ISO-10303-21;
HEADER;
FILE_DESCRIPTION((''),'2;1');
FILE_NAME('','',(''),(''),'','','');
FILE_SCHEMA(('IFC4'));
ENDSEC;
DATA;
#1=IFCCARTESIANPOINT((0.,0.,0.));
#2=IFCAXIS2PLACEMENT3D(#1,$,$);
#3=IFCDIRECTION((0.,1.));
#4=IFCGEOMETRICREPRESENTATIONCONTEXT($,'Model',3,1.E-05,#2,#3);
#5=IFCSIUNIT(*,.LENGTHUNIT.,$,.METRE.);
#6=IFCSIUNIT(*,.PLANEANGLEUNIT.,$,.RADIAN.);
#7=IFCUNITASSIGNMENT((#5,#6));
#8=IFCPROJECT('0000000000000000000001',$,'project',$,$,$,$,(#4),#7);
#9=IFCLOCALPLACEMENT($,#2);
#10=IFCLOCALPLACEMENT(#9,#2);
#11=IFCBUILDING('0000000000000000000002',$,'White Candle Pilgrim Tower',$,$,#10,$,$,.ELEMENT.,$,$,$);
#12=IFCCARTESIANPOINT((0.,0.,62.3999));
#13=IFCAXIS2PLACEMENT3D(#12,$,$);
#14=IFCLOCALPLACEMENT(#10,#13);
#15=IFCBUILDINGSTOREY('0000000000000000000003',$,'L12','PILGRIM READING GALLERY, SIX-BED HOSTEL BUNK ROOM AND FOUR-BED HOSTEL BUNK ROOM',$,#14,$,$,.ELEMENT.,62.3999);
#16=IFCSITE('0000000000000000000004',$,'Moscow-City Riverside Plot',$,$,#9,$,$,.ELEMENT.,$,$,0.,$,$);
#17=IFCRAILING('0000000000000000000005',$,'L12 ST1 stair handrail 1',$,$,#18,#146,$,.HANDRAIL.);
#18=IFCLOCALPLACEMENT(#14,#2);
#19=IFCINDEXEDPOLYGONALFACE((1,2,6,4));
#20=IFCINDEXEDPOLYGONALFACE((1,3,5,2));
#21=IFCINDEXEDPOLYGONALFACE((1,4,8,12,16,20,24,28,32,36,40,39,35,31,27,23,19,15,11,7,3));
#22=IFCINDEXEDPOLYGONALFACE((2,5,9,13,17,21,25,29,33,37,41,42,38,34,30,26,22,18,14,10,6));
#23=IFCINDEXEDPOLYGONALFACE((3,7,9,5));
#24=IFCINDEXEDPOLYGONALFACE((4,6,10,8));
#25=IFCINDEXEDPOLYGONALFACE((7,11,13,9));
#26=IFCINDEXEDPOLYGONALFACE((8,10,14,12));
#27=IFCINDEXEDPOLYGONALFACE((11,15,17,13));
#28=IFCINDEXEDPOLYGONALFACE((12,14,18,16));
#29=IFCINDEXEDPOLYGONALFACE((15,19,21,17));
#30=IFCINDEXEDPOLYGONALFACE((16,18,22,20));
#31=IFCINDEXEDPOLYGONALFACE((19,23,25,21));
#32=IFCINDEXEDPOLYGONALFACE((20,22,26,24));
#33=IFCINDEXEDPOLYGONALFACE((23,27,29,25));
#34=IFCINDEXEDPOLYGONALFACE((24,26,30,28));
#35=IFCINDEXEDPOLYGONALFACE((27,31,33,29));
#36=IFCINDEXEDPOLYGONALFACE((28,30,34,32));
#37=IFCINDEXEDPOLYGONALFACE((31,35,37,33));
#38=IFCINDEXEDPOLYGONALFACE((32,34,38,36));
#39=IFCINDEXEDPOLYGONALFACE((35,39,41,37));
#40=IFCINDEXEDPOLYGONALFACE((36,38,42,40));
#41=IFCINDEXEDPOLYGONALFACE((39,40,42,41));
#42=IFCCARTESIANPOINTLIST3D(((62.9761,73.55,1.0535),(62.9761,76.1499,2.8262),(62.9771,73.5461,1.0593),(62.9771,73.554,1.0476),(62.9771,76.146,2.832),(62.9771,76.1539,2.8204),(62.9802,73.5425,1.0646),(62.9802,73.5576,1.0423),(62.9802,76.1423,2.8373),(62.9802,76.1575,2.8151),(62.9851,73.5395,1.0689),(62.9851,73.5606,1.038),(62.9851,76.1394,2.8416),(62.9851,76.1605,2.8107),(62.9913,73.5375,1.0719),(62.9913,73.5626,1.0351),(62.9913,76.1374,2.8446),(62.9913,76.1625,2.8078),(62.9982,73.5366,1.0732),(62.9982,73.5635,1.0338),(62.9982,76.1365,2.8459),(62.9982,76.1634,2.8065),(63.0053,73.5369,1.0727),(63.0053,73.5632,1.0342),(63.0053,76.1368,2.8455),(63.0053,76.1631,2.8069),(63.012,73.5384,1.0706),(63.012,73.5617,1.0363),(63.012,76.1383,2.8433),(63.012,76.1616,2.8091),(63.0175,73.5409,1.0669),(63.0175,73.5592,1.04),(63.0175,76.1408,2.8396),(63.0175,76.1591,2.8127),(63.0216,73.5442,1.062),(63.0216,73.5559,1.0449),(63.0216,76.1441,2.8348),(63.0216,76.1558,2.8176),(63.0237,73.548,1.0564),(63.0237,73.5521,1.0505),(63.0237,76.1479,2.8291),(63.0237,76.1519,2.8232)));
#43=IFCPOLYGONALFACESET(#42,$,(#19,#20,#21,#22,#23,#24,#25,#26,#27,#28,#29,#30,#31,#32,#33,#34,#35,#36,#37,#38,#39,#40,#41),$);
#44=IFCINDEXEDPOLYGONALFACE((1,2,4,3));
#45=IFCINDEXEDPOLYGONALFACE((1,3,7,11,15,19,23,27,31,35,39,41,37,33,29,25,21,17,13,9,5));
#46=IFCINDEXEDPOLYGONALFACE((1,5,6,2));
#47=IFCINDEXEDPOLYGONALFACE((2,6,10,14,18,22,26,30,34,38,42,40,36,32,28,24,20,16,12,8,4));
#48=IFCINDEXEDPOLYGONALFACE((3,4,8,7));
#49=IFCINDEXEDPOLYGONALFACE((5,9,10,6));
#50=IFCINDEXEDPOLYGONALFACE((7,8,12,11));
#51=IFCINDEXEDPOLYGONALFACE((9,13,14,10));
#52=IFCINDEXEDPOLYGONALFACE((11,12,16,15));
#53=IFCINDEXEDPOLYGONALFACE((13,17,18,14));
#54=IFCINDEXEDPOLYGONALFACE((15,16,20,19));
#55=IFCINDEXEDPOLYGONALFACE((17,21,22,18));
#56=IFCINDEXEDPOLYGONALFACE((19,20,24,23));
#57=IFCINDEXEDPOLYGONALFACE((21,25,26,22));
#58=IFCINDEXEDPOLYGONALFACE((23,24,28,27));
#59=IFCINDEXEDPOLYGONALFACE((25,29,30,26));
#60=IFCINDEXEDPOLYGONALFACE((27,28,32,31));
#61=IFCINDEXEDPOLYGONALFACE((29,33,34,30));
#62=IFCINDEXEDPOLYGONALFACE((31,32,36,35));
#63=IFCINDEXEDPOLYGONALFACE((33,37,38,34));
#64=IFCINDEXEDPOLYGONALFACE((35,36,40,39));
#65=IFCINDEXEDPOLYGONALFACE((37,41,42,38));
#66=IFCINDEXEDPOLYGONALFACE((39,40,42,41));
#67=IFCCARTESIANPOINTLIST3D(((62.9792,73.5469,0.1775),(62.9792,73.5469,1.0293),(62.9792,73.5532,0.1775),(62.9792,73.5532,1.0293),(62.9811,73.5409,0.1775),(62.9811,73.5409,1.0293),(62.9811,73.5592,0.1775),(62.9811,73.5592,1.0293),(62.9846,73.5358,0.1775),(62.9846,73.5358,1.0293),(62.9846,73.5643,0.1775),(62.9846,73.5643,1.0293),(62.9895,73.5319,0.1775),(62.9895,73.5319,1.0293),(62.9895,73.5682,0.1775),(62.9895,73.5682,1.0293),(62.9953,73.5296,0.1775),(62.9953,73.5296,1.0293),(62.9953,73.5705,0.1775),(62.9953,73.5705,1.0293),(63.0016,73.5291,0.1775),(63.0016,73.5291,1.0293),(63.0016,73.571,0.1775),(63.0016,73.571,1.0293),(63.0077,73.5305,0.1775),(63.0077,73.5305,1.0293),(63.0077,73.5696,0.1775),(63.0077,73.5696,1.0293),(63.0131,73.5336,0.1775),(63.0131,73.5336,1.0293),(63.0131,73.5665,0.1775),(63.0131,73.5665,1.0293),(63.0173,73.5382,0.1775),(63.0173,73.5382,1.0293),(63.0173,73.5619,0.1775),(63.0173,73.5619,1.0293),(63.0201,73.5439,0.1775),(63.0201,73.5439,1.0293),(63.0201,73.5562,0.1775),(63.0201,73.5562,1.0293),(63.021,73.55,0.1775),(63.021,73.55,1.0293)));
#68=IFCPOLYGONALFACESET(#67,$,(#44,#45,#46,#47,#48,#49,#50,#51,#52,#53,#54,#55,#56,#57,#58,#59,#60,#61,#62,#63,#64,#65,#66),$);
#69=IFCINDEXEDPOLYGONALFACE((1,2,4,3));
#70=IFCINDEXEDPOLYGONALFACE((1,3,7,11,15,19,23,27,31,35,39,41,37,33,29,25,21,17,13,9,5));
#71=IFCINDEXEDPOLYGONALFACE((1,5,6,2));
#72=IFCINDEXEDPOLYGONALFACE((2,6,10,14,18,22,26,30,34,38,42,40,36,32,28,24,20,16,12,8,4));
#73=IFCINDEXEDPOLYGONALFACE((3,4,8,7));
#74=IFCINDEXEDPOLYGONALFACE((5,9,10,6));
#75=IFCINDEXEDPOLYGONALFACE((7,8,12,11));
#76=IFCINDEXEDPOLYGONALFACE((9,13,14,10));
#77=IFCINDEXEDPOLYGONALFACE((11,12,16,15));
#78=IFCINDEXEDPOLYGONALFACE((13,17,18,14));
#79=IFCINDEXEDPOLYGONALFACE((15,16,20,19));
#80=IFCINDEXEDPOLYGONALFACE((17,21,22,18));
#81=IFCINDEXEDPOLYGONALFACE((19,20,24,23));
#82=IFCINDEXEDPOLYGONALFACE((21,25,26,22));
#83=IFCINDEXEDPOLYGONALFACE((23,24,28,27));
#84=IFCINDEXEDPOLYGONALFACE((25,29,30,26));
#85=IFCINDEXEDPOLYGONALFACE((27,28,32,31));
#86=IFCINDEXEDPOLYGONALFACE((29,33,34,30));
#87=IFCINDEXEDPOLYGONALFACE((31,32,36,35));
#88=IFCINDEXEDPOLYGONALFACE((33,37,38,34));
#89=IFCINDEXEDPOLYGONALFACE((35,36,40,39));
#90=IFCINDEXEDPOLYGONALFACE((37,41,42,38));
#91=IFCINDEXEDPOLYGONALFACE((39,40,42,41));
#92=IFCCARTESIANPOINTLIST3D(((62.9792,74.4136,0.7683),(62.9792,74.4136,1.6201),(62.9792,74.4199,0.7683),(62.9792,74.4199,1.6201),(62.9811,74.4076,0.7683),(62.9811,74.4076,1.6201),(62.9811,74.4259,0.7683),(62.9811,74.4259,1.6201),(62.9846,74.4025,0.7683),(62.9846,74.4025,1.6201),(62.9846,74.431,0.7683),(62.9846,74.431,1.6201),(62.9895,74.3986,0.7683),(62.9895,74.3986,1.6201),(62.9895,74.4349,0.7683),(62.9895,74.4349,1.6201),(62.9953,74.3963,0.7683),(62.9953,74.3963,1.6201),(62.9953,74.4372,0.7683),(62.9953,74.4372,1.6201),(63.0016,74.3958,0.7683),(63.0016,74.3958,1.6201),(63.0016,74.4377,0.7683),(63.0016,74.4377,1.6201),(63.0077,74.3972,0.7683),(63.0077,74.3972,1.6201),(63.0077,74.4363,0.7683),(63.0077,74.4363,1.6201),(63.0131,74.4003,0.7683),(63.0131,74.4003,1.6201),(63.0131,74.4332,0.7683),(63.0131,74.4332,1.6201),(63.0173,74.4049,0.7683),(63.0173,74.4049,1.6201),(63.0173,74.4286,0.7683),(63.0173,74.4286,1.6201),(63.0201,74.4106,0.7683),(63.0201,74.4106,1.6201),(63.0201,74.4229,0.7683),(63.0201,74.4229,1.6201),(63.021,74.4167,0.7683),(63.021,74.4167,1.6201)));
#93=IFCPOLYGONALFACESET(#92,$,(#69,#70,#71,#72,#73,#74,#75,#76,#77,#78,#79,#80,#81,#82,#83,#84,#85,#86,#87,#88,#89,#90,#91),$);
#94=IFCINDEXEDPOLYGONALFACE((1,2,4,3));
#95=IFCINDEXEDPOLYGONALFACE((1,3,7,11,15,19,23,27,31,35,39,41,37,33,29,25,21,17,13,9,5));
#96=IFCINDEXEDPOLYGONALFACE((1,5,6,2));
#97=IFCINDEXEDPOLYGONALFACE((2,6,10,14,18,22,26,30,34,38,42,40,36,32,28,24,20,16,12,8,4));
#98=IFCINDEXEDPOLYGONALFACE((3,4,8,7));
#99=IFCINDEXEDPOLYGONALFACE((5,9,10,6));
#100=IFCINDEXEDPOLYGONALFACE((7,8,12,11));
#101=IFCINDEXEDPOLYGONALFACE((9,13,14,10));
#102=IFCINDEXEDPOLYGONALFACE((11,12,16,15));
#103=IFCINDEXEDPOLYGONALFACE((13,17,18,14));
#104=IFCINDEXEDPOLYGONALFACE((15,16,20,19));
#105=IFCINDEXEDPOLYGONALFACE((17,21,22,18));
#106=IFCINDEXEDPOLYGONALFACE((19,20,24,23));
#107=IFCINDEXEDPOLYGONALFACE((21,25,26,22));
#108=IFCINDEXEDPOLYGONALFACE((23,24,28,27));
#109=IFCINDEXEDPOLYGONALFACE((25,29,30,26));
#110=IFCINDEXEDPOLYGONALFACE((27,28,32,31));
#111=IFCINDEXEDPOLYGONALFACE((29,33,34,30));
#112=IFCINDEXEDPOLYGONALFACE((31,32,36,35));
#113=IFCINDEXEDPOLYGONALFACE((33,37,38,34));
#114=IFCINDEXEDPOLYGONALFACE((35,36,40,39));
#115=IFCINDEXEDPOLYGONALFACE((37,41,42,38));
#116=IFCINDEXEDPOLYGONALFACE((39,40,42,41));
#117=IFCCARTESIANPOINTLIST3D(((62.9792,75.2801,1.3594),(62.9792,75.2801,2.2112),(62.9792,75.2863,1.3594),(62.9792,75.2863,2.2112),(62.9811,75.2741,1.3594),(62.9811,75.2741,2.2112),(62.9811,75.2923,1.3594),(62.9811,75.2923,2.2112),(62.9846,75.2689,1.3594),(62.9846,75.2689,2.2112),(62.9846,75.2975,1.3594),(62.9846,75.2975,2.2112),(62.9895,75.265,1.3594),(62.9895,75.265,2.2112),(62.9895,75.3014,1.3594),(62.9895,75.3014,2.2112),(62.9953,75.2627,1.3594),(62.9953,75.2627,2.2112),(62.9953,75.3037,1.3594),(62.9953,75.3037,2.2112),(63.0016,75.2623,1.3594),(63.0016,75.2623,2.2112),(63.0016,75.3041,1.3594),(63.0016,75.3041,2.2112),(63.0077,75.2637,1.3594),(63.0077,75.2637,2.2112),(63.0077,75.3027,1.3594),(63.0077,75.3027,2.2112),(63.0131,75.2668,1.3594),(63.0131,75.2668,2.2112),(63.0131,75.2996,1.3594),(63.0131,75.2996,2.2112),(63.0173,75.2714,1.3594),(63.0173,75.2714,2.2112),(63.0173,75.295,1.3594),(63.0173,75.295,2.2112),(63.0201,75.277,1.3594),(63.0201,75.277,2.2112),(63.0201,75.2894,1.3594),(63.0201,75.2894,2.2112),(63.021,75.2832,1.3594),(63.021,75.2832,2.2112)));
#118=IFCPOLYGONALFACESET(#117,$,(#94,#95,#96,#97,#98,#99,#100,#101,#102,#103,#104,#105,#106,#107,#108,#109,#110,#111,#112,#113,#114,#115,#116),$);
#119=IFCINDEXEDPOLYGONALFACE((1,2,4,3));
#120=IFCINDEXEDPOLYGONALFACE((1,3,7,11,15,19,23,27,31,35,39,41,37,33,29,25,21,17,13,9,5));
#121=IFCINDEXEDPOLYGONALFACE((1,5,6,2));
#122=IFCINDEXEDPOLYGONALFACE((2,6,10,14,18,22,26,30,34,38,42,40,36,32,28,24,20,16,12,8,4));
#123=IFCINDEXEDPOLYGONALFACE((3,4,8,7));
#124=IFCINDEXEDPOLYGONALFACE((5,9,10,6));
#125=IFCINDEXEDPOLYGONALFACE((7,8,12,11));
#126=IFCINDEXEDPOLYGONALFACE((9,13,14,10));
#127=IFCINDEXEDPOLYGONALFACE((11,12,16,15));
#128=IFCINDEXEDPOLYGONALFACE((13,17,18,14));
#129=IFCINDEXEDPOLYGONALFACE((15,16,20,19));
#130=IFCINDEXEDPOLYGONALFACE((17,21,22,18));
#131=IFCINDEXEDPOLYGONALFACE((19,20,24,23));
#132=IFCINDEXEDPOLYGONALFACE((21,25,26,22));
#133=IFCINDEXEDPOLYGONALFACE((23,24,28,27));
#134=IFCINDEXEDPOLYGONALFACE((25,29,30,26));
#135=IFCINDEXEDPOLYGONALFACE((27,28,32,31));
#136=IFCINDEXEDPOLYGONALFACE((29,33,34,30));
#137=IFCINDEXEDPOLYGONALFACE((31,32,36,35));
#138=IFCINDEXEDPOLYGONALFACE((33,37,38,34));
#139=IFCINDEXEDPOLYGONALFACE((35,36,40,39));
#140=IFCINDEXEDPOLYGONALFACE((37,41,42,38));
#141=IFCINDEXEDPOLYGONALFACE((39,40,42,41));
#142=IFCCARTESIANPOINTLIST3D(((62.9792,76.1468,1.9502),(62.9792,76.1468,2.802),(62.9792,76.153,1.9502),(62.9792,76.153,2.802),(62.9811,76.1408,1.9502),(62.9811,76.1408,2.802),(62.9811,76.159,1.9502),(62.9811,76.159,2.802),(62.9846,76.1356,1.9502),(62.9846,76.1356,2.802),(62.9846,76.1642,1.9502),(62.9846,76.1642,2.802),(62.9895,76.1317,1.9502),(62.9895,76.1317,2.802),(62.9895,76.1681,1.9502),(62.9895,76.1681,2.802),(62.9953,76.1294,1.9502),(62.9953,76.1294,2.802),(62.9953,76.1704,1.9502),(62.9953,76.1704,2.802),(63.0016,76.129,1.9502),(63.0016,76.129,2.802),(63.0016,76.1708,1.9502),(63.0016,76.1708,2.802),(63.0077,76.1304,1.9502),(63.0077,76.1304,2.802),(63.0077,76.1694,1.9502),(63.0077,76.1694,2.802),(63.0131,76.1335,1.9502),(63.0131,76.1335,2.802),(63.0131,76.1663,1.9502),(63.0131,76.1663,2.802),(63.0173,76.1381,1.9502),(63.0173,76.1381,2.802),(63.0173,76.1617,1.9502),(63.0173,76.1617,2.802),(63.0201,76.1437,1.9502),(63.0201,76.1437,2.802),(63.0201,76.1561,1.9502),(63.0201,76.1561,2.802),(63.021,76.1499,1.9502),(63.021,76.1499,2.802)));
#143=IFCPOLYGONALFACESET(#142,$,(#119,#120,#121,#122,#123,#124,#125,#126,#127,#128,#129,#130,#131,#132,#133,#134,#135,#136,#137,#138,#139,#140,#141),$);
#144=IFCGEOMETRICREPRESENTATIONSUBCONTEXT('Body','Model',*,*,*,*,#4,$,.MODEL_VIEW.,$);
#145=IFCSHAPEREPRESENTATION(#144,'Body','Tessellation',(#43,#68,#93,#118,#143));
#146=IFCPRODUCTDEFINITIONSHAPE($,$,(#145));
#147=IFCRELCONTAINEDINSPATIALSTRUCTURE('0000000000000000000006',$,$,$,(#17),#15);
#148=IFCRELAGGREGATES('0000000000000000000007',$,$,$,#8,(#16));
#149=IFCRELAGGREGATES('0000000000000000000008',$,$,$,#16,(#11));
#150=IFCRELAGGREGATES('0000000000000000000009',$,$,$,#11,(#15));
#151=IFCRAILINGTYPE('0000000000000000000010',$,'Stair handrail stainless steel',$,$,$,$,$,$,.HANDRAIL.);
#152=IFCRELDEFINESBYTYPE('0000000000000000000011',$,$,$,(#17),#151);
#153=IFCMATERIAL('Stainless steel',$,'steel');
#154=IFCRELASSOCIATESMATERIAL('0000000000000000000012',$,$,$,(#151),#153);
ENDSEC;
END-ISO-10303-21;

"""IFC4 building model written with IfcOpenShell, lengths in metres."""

from ifc_helpers import new_model, si_unit, direction, frame, origin, origin_2d, place, context, subcontext, project, spatial, circle, extrude, material, type_object, element, save


model = new_model("IFC4")

# Units and contexts
model_context = context("Model", 3, precision=1e-05, world=origin(), true_north=direction((0.0, 1.0)))
body_context = subcontext(model_context, "Body", "Model", "MODEL_VIEW")
ifc_project = project(units=[si_unit("LENGTHUNIT", "METRE"), si_unit("PLANEANGLEUNIT", "RADIAN")], contexts=[model_context])

# Site, building, storey
site_placement = place(None, origin())
site = spatial("IfcSite", under=ifc_project, at=site_placement, Name="Moscow-City Riverside Plot", CompositionType="ELEMENT", RefElevation=0.0)
building_placement = place(site_placement, origin())
building = spatial("IfcBuilding", under=site, at=building_placement, Name="White Candle Pilgrim Tower", CompositionType="ELEMENT")
storey_placement = place(building_placement, frame((0.0, 0.0, 62.3999)))
storey = spatial("IfcBuildingStorey", under=building, at=storey_placement, Name="L12", Description="PILGRIM READING GALLERY, SIX-BED HOSTEL BUNK ROOM AND FOUR-BED HOSTEL BUNK ROOM", CompositionType="ELEMENT", Elevation=62.3999)

# Shared definitions
ifc_material_1 = material(Name="Stainless steel", Category="steel")

# Railing
railing_type_1 = type_object("IfcRailingType", Name="Stair handrail stainless steel", PredefinedType="HANDRAIL", material=ifc_material_1)
railing_1_placement = place(storey_placement, frame((63.0, 73.55, 0.1775)))
element("IfcRailing", 1, at=railing_1_placement, inside=storey, type_object=railing_type_1, Name="L12 ST1 stair handrail 1", PredefinedType="HANDRAIL", context=body_context, shape_type="SweptSolid", body=[
    extrude(circle(Radius=0.0239, at=origin_2d()), frame((0.0, 0.0, 0.876), z_axis=(0.0, 0.826216, 0.563354), x_axis=(-1.0, 0.0, 0.0)), (0.0, 0.0, 1.0), 3.1467),
    extrude(circle(Radius=0.021, at=origin_2d()), origin(), (0.0, 0.0, 1.0), 0.8518),
    extrude(circle(Radius=0.021, at=origin_2d()), frame((0.0, 0.8667, 0.5908)), (0.0, 0.0, 1.0), 0.8518),
    extrude(circle(Radius=0.021, at=origin_2d()), frame((0.0, 1.7332, 1.1819)), (0.0, 0.0, 1.0), 0.8518),
    extrude(circle(Radius=0.021, at=origin_2d()), frame((0.0, 2.5999, 1.7727)), (0.0, 0.0, 1.0), 0.8518),
])

save(model, "model.ifc")
